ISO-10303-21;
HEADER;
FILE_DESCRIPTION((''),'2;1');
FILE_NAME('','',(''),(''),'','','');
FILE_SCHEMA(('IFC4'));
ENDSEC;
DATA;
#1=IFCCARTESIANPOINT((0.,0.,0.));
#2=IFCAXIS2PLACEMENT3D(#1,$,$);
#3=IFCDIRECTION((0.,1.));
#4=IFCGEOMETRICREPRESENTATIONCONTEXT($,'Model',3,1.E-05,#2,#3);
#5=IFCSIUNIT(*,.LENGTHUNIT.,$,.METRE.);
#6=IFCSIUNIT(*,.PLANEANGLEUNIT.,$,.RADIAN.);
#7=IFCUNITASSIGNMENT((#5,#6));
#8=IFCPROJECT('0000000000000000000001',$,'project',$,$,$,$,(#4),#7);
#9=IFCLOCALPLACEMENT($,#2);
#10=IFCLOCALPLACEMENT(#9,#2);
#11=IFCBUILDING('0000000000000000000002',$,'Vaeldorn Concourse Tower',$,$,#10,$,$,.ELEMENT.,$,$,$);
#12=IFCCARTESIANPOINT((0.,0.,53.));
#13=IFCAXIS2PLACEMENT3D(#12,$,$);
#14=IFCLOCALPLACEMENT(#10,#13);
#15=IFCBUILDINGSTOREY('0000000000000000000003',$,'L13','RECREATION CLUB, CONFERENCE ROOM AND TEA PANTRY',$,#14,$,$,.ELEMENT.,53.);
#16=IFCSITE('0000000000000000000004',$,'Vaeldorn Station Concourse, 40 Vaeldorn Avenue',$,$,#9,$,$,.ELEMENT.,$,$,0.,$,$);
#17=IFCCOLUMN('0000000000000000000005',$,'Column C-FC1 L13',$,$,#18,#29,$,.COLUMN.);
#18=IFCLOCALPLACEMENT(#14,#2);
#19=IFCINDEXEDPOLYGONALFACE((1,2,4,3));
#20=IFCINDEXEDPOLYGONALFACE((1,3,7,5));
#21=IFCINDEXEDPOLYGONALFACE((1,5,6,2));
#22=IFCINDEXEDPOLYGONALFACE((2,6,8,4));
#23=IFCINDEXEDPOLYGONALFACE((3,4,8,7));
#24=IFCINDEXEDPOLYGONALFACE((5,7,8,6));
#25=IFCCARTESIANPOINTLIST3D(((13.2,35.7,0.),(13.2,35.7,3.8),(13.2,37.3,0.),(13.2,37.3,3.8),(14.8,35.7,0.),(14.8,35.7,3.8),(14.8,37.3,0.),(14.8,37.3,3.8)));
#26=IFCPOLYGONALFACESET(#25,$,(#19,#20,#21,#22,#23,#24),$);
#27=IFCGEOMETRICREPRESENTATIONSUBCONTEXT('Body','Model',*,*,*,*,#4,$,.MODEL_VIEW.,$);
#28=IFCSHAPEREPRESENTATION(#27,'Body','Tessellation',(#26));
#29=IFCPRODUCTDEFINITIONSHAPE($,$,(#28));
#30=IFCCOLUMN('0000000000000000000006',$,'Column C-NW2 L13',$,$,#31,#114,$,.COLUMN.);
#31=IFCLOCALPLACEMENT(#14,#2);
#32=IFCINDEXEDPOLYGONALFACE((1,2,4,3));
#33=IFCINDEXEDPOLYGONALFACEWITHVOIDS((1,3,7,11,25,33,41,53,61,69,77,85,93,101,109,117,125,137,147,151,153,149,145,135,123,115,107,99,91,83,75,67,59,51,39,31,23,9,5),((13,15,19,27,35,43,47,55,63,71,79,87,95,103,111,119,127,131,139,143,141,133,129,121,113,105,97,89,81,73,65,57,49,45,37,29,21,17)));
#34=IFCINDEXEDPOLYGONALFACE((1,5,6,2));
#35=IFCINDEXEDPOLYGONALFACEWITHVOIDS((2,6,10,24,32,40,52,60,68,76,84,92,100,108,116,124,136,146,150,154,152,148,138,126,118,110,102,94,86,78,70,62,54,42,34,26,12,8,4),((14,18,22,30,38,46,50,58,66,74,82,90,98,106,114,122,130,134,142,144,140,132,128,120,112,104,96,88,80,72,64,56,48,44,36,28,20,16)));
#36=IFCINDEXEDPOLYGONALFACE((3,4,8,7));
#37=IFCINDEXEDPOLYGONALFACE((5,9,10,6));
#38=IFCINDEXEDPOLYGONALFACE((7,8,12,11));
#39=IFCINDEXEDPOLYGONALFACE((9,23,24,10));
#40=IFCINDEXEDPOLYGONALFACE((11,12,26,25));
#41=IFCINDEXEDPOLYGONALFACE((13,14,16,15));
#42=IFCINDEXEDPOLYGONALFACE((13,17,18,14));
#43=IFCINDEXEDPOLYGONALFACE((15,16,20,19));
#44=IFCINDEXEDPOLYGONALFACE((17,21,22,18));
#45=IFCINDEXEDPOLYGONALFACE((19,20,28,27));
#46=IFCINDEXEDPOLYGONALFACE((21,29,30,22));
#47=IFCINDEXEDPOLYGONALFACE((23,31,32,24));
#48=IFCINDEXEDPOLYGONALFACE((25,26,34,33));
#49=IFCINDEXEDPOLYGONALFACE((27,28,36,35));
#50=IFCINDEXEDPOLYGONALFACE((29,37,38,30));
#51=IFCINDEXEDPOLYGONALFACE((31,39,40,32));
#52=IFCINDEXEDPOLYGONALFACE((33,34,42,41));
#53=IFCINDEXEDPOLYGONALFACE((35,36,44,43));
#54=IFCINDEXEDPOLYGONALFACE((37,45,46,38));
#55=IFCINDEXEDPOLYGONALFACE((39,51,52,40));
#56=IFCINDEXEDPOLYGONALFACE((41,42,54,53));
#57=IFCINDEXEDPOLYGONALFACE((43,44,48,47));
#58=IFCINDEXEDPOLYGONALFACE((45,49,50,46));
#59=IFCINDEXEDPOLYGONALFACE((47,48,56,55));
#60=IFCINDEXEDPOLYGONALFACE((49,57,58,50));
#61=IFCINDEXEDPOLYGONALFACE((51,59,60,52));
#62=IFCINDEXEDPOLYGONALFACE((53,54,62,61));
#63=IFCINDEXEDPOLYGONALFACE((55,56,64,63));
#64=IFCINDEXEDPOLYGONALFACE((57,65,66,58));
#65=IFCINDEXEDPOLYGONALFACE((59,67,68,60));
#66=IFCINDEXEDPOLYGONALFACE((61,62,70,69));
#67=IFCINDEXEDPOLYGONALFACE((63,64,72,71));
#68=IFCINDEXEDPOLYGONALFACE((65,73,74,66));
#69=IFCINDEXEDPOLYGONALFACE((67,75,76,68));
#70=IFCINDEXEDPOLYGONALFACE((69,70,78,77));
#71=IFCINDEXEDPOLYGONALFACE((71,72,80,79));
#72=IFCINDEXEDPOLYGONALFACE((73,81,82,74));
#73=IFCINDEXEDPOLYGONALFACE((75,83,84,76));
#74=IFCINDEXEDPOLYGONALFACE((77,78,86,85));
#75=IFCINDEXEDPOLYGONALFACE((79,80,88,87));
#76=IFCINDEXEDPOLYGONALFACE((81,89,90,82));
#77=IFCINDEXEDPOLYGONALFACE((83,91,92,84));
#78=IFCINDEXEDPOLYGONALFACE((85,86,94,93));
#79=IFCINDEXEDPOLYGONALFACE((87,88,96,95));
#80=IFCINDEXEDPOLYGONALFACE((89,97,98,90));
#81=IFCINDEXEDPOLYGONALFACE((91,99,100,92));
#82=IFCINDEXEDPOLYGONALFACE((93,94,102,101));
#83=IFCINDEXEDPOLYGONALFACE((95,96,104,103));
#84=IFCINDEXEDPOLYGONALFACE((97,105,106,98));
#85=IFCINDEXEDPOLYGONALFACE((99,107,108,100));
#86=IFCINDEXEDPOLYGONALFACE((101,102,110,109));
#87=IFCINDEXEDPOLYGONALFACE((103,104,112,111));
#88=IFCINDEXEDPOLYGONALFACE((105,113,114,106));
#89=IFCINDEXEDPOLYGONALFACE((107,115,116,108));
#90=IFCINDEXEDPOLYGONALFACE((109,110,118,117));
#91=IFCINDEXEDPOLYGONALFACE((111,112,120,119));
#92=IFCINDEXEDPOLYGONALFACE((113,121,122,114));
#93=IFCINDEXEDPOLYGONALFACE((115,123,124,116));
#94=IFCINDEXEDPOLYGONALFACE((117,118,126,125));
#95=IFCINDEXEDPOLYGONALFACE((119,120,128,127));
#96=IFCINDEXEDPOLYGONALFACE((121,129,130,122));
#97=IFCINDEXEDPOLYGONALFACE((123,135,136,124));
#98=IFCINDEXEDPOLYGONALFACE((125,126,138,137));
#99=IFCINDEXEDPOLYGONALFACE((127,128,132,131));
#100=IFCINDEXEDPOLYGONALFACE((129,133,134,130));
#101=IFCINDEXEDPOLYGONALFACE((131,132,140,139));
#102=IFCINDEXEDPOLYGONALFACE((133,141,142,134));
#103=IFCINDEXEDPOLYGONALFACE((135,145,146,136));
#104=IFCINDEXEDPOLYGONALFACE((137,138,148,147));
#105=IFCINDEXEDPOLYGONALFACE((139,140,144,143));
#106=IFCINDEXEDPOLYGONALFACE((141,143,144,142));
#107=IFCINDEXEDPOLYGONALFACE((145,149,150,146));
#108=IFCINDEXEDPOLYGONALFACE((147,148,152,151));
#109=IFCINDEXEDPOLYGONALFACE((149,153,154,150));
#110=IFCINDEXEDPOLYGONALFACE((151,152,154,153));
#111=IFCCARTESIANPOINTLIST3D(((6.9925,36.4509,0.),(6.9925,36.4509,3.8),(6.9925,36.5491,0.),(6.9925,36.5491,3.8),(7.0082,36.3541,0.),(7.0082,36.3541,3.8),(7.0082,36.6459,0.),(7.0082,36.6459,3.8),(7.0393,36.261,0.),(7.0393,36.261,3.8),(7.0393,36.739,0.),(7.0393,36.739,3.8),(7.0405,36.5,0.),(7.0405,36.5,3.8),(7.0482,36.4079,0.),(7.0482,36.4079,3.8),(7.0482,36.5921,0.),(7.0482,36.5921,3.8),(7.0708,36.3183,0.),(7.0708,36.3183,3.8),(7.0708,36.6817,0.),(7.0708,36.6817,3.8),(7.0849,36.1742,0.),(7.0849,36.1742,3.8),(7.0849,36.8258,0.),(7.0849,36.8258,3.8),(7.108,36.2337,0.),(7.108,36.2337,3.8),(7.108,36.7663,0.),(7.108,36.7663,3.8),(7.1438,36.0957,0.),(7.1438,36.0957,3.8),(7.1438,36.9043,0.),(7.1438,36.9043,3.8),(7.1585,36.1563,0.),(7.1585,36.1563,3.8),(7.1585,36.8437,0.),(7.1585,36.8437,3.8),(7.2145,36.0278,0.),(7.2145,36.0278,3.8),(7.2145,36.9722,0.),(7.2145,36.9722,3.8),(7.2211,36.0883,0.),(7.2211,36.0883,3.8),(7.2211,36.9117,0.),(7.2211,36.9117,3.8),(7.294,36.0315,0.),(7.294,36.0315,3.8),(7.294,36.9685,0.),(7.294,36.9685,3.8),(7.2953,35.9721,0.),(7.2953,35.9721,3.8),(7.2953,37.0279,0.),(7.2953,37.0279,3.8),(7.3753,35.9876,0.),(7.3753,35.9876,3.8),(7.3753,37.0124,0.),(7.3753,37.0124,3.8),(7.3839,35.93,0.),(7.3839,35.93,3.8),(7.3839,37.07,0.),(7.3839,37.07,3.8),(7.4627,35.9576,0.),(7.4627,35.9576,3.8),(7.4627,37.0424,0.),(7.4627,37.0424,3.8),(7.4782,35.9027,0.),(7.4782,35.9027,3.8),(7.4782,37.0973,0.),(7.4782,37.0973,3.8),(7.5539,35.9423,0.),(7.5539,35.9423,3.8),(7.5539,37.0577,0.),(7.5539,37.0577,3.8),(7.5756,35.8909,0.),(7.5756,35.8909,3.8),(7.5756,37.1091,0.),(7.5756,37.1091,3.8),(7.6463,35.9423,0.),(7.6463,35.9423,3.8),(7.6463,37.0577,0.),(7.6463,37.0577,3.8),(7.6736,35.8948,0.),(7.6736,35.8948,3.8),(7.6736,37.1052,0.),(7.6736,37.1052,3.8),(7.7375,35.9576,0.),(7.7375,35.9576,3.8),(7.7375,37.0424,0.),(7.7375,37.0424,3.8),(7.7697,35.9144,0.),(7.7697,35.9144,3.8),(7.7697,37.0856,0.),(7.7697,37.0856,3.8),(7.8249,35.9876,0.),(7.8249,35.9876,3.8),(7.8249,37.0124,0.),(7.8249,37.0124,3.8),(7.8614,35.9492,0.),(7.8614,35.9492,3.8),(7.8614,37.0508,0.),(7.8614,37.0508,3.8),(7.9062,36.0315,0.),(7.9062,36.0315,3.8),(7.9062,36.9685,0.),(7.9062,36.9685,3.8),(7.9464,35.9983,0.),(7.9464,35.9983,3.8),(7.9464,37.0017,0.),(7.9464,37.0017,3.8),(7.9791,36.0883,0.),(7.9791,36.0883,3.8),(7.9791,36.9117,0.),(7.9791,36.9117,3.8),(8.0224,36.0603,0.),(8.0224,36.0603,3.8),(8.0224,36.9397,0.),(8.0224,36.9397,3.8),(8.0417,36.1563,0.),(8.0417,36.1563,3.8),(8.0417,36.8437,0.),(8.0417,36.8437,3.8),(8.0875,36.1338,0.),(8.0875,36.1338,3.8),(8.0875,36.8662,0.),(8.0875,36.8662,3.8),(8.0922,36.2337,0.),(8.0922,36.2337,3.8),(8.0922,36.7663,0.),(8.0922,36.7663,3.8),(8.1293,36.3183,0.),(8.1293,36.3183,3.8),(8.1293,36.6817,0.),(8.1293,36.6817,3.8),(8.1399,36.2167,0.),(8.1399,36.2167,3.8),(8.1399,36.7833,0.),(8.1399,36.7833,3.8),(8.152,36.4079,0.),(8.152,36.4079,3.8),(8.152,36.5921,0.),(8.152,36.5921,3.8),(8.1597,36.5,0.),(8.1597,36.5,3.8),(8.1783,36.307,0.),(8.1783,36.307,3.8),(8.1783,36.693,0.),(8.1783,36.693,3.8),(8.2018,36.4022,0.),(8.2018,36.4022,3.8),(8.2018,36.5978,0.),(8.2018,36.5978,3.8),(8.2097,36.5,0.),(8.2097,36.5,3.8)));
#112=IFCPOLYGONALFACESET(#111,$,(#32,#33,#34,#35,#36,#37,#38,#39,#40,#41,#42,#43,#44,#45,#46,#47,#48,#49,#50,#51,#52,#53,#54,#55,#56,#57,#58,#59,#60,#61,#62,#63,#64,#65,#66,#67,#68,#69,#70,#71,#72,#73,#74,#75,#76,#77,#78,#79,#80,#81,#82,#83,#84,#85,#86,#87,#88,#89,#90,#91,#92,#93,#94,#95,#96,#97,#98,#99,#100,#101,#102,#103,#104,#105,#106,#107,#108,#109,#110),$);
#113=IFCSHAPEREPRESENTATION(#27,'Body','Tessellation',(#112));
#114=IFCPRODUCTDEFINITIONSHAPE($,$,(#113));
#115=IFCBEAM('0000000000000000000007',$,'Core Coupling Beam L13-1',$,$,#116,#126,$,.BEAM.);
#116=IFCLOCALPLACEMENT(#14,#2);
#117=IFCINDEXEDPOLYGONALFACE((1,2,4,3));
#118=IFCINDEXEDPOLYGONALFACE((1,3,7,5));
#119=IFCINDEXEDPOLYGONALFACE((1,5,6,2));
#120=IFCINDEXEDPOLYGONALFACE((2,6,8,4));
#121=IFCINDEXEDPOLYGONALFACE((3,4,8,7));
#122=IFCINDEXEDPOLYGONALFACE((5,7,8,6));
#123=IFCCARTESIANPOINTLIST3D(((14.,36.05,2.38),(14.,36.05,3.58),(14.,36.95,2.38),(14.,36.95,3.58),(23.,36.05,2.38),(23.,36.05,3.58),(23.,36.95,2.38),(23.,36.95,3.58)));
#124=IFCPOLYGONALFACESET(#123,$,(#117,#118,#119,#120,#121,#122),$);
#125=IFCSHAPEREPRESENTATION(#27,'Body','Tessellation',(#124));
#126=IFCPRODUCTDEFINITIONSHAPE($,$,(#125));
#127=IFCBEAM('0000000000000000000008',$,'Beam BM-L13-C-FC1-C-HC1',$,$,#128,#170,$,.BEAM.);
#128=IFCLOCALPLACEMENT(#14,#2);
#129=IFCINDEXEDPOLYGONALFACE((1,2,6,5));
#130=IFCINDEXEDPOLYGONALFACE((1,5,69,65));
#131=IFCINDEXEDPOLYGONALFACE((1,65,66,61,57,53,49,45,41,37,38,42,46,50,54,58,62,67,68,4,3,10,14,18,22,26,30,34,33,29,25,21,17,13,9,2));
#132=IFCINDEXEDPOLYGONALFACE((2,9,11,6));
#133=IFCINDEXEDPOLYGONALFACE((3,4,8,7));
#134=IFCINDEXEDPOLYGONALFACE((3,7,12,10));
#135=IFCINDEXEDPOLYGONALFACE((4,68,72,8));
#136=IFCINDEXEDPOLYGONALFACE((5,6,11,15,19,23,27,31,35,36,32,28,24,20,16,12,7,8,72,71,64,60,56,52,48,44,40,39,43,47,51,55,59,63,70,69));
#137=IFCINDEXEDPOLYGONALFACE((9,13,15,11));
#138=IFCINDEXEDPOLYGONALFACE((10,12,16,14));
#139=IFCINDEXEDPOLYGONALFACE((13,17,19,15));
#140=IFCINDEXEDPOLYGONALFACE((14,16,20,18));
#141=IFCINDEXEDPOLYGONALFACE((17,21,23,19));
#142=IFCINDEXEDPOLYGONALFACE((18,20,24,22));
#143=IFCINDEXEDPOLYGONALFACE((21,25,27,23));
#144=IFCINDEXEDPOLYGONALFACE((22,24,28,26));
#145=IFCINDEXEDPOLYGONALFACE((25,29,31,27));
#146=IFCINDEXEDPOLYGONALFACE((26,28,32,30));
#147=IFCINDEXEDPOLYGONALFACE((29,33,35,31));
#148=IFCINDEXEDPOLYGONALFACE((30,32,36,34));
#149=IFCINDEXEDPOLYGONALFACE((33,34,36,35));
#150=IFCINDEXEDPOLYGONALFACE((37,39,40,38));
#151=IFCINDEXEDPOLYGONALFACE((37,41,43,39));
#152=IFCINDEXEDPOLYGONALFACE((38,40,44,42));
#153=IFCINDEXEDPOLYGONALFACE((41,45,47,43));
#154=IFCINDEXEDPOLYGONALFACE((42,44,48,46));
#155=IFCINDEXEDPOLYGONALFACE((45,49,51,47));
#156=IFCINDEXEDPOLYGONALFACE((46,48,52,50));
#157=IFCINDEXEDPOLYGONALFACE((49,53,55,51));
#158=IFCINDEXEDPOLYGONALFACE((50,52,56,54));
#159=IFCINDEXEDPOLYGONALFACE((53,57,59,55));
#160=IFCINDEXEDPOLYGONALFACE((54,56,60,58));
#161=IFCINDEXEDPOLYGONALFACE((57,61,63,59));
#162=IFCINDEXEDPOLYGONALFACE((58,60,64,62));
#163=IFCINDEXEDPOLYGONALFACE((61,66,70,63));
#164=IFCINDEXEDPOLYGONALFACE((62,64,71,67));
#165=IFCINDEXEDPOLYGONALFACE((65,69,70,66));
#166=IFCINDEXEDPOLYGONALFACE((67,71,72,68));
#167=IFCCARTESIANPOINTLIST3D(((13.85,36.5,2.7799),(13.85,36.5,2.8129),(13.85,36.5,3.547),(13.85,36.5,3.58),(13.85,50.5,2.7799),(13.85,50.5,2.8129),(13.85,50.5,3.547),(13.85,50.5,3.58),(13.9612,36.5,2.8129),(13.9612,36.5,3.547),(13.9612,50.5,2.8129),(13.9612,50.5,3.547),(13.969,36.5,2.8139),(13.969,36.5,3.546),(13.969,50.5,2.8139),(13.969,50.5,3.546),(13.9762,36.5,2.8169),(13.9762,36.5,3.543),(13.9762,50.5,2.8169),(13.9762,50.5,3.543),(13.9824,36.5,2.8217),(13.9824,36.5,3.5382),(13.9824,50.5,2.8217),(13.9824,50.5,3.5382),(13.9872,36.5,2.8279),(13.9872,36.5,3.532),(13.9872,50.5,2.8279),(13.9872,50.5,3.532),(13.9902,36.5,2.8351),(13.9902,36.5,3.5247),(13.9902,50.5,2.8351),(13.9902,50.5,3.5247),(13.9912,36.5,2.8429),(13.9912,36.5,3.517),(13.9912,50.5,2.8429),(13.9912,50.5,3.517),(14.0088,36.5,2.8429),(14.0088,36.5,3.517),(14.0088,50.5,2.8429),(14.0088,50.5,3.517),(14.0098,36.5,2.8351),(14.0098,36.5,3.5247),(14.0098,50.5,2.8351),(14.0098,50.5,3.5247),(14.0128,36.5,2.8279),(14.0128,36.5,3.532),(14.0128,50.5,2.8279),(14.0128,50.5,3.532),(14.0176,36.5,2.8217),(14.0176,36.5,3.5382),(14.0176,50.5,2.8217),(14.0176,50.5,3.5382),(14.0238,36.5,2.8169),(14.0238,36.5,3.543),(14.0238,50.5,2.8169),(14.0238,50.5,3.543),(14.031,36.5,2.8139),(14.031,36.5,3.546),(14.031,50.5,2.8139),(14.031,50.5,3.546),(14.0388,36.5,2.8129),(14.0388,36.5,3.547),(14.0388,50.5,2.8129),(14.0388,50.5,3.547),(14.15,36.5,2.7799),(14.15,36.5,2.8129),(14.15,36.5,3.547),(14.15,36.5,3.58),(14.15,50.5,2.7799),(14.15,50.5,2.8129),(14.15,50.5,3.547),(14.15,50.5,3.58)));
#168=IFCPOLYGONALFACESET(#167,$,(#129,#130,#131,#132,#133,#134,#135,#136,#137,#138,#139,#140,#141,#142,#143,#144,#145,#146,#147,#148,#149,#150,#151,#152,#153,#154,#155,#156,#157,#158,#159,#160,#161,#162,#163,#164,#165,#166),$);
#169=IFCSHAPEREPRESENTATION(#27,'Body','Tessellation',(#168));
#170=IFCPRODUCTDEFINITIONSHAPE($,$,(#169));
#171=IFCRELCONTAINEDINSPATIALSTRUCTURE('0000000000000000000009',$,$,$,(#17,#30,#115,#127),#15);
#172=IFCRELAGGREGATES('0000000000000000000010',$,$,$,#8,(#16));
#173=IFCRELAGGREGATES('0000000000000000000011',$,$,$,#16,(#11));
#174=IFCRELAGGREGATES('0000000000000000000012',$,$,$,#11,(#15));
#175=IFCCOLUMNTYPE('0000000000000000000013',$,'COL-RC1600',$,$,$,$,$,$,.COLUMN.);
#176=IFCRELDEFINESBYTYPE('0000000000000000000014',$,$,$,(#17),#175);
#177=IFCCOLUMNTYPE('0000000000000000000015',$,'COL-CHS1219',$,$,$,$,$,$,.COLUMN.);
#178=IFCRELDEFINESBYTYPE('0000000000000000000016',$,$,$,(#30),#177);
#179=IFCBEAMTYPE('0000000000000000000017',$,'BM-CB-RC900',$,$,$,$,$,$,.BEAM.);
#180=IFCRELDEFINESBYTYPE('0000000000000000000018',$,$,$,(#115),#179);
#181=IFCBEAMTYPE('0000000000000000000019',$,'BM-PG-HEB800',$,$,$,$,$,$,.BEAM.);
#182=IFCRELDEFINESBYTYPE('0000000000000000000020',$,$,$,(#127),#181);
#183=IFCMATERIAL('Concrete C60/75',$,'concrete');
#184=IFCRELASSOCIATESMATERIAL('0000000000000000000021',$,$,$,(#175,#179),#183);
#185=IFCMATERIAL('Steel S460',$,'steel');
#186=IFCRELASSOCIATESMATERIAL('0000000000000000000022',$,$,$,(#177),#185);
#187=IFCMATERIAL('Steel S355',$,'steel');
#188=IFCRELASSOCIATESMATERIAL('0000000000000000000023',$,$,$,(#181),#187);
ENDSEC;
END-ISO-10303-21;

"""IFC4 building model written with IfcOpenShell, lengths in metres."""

from ifc_helpers import new_model, si_unit, direction, frame, origin, origin_2d, place, context, subcontext, project, spatial, rectangle, hollow_circle, i_section, extrude, source, transform, mapped, material, material_profile, profile_set, type_object, element, save


model = new_model("IFC4")

# Units and contexts
model_context = context("Model", 3, precision=1e-05, world=origin(), true_north=direction((0.0, 1.0)))
body_context = subcontext(model_context, "Body", "Model", "MODEL_VIEW")
ifc_project = project(units=[si_unit("LENGTHUNIT", "METRE"), si_unit("PLANEANGLEUNIT", "RADIAN")], contexts=[model_context])

# Site, building, storey
site_placement = place(None, origin())
site = spatial("IfcSite", under=ifc_project, at=site_placement, Name="Vaeldorn Station Concourse, 40 Vaeldorn Avenue", CompositionType="ELEMENT", RefElevation=0.0)
building_placement = place(site_placement, origin())
building = spatial("IfcBuilding", under=site, at=building_placement, Name="Vaeldorn Concourse Tower", CompositionType="ELEMENT")
storey_placement = place(building_placement, frame((0.0, 0.0, 53.0)))
storey = spatial("IfcBuildingStorey", under=building, at=storey_placement, Name="L13", Description="RECREATION CLUB, CONFERENCE ROOM AND TEA PANTRY", CompositionType="ELEMENT", Elevation=53.0)

# Columns
ifc_material_1 = material(Name="Concrete C60/75", Category="concrete")
ifc_material_profile_1 = material_profile(ifc_material_1, rectangle(XDim=1.6001, YDim=1.6001, at=origin_2d()), Name="RC 1600x1600")
ifc_profile_set_1 = profile_set([ifc_material_profile_1], Name="Concrete C60/75")
column_type_1 = type_object("IfcColumnType", Name="COL-RC1600", PredefinedType="COLUMN", material=ifc_profile_set_1)
shared_shape_1 = source(origin(), body_context, "Body", "SweptSolid", [
    extrude(rectangle(XDim=1.6001, YDim=1.6001, at=origin_2d()), origin(), (0.0, 0.0, 1.0), 3.8),
])
column_1_placement = place(storey_placement, frame((14.0, 36.5, 0.0), z_axis=(0.0, 0.0, 1.0), x_axis=(1.0, 0.0, 0.0)))
element("IfcColumn", 1, at=column_1_placement, inside=storey, type_object=column_type_1, Name="Column C-FC1 L13", PredefinedType="COLUMN", context=body_context, shape_type="MappedRepresentation", body=[
    mapped(shared_shape_1, transform((0.0, 0.0, 0.0), scale=1.0)),
])
ifc_material_2 = material(Name="Steel S460", Category="steel")
ifc_material_profile_2 = material_profile(ifc_material_2, hollow_circle(Radius=0.6096, WallThickness=0.05, at=origin_2d()), Name="CHS 1219x50")
ifc_profile_set_2 = profile_set([ifc_material_profile_2], Name="Steel S460")
column_type_2 = type_object("IfcColumnType", Name="COL-CHS1219", PredefinedType="COLUMN", material=ifc_profile_set_2)
shared_shape_2 = source(origin(), body_context, "Body", "SweptSolid", [
    extrude(hollow_circle(Radius=0.6096, WallThickness=0.05, at=origin_2d()), origin(), (0.0, 0.0, 1.0), 3.8),
])
column_2_placement = place(storey_placement, frame((7.6001, 36.5, 0.0), z_axis=(0.0, 0.0, 1.0), x_axis=(1.0, 0.0, 0.0)))
element("IfcColumn", 2, at=column_2_placement, inside=storey, type_object=column_type_2, Name="Column C-NW2 L13", PredefinedType="COLUMN", context=body_context, shape_type="MappedRepresentation", body=[
    mapped(shared_shape_2, transform((0.0, 0.0, 0.0), scale=1.0)),
])

# Beams
ifc_material_profile_3 = material_profile(ifc_material_1, rectangle(XDim=0.8999, YDim=1.2, at=origin_2d()), Name="RC 900x1200")
ifc_profile_set_3 = profile_set([ifc_material_profile_3], Name="Concrete C60/75")
beam_type_1 = type_object("IfcBeamType", Name="BM-CB-RC900", PredefinedType="BEAM", material=ifc_profile_set_3)
shared_shape_3 = source(origin(), body_context, "Body", "SweptSolid", [
    extrude(rectangle(XDim=0.8999, YDim=1.2, at=origin_2d()), origin(), (0.0, 0.0, 1.0), 9.0),
])
beam_1_placement = place(storey_placement, frame((14.0, 36.5, 2.98), z_axis=(1.0, 0.0, 0.0), x_axis=(0.0, 1.0, 0.0)))
element("IfcBeam", 3, at=beam_1_placement, inside=storey, type_object=beam_type_1, Name="Core Coupling Beam L13-1", PredefinedType="BEAM", context=body_context, shape_type="MappedRepresentation", body=[
    mapped(shared_shape_3, transform((0.0, 0.0, 0.0), scale=1.0)),
])
ifc_material_3 = material(Name="Steel S355", Category="steel")
ifc_material_profile_4 = material_profile(ifc_material_3, i_section(OverallWidth=0.3, OverallDepth=0.8, WebThickness=0.0176, FlangeThickness=0.033, FilletRadius=0.03, at=origin_2d()), Name="HEB 800")
ifc_profile_set_4 = profile_set([ifc_material_profile_4], Name="Steel S355")
beam_type_2 = type_object("IfcBeamType", Name="BM-PG-HEB800", PredefinedType="BEAM", material=ifc_profile_set_4)
shared_shape_4 = source(origin(), body_context, "Body", "SweptSolid", [
    extrude(i_section(OverallWidth=0.3, OverallDepth=0.8, WebThickness=0.0176, FlangeThickness=0.033, FilletRadius=0.03, at=origin_2d()), origin(), (0.0, 0.0, 1.0), 14.0),
])
beam_2_placement = place(storey_placement, frame((14.0, 36.5, 3.1799), z_axis=(0.0, 1.0, 0.0), x_axis=(-1.0, 0.0, 0.0)))
element("IfcBeam", 4, at=beam_2_placement, inside=storey, type_object=beam_type_2, Name="Beam BM-L13-C-FC1-C-HC1", PredefinedType="BEAM", context=body_context, shape_type="MappedRepresentation", body=[
    mapped(shared_shape_4, transform((0.0, 0.0, 0.0), scale=1.0)),
])

save(model, "model.ifc")
